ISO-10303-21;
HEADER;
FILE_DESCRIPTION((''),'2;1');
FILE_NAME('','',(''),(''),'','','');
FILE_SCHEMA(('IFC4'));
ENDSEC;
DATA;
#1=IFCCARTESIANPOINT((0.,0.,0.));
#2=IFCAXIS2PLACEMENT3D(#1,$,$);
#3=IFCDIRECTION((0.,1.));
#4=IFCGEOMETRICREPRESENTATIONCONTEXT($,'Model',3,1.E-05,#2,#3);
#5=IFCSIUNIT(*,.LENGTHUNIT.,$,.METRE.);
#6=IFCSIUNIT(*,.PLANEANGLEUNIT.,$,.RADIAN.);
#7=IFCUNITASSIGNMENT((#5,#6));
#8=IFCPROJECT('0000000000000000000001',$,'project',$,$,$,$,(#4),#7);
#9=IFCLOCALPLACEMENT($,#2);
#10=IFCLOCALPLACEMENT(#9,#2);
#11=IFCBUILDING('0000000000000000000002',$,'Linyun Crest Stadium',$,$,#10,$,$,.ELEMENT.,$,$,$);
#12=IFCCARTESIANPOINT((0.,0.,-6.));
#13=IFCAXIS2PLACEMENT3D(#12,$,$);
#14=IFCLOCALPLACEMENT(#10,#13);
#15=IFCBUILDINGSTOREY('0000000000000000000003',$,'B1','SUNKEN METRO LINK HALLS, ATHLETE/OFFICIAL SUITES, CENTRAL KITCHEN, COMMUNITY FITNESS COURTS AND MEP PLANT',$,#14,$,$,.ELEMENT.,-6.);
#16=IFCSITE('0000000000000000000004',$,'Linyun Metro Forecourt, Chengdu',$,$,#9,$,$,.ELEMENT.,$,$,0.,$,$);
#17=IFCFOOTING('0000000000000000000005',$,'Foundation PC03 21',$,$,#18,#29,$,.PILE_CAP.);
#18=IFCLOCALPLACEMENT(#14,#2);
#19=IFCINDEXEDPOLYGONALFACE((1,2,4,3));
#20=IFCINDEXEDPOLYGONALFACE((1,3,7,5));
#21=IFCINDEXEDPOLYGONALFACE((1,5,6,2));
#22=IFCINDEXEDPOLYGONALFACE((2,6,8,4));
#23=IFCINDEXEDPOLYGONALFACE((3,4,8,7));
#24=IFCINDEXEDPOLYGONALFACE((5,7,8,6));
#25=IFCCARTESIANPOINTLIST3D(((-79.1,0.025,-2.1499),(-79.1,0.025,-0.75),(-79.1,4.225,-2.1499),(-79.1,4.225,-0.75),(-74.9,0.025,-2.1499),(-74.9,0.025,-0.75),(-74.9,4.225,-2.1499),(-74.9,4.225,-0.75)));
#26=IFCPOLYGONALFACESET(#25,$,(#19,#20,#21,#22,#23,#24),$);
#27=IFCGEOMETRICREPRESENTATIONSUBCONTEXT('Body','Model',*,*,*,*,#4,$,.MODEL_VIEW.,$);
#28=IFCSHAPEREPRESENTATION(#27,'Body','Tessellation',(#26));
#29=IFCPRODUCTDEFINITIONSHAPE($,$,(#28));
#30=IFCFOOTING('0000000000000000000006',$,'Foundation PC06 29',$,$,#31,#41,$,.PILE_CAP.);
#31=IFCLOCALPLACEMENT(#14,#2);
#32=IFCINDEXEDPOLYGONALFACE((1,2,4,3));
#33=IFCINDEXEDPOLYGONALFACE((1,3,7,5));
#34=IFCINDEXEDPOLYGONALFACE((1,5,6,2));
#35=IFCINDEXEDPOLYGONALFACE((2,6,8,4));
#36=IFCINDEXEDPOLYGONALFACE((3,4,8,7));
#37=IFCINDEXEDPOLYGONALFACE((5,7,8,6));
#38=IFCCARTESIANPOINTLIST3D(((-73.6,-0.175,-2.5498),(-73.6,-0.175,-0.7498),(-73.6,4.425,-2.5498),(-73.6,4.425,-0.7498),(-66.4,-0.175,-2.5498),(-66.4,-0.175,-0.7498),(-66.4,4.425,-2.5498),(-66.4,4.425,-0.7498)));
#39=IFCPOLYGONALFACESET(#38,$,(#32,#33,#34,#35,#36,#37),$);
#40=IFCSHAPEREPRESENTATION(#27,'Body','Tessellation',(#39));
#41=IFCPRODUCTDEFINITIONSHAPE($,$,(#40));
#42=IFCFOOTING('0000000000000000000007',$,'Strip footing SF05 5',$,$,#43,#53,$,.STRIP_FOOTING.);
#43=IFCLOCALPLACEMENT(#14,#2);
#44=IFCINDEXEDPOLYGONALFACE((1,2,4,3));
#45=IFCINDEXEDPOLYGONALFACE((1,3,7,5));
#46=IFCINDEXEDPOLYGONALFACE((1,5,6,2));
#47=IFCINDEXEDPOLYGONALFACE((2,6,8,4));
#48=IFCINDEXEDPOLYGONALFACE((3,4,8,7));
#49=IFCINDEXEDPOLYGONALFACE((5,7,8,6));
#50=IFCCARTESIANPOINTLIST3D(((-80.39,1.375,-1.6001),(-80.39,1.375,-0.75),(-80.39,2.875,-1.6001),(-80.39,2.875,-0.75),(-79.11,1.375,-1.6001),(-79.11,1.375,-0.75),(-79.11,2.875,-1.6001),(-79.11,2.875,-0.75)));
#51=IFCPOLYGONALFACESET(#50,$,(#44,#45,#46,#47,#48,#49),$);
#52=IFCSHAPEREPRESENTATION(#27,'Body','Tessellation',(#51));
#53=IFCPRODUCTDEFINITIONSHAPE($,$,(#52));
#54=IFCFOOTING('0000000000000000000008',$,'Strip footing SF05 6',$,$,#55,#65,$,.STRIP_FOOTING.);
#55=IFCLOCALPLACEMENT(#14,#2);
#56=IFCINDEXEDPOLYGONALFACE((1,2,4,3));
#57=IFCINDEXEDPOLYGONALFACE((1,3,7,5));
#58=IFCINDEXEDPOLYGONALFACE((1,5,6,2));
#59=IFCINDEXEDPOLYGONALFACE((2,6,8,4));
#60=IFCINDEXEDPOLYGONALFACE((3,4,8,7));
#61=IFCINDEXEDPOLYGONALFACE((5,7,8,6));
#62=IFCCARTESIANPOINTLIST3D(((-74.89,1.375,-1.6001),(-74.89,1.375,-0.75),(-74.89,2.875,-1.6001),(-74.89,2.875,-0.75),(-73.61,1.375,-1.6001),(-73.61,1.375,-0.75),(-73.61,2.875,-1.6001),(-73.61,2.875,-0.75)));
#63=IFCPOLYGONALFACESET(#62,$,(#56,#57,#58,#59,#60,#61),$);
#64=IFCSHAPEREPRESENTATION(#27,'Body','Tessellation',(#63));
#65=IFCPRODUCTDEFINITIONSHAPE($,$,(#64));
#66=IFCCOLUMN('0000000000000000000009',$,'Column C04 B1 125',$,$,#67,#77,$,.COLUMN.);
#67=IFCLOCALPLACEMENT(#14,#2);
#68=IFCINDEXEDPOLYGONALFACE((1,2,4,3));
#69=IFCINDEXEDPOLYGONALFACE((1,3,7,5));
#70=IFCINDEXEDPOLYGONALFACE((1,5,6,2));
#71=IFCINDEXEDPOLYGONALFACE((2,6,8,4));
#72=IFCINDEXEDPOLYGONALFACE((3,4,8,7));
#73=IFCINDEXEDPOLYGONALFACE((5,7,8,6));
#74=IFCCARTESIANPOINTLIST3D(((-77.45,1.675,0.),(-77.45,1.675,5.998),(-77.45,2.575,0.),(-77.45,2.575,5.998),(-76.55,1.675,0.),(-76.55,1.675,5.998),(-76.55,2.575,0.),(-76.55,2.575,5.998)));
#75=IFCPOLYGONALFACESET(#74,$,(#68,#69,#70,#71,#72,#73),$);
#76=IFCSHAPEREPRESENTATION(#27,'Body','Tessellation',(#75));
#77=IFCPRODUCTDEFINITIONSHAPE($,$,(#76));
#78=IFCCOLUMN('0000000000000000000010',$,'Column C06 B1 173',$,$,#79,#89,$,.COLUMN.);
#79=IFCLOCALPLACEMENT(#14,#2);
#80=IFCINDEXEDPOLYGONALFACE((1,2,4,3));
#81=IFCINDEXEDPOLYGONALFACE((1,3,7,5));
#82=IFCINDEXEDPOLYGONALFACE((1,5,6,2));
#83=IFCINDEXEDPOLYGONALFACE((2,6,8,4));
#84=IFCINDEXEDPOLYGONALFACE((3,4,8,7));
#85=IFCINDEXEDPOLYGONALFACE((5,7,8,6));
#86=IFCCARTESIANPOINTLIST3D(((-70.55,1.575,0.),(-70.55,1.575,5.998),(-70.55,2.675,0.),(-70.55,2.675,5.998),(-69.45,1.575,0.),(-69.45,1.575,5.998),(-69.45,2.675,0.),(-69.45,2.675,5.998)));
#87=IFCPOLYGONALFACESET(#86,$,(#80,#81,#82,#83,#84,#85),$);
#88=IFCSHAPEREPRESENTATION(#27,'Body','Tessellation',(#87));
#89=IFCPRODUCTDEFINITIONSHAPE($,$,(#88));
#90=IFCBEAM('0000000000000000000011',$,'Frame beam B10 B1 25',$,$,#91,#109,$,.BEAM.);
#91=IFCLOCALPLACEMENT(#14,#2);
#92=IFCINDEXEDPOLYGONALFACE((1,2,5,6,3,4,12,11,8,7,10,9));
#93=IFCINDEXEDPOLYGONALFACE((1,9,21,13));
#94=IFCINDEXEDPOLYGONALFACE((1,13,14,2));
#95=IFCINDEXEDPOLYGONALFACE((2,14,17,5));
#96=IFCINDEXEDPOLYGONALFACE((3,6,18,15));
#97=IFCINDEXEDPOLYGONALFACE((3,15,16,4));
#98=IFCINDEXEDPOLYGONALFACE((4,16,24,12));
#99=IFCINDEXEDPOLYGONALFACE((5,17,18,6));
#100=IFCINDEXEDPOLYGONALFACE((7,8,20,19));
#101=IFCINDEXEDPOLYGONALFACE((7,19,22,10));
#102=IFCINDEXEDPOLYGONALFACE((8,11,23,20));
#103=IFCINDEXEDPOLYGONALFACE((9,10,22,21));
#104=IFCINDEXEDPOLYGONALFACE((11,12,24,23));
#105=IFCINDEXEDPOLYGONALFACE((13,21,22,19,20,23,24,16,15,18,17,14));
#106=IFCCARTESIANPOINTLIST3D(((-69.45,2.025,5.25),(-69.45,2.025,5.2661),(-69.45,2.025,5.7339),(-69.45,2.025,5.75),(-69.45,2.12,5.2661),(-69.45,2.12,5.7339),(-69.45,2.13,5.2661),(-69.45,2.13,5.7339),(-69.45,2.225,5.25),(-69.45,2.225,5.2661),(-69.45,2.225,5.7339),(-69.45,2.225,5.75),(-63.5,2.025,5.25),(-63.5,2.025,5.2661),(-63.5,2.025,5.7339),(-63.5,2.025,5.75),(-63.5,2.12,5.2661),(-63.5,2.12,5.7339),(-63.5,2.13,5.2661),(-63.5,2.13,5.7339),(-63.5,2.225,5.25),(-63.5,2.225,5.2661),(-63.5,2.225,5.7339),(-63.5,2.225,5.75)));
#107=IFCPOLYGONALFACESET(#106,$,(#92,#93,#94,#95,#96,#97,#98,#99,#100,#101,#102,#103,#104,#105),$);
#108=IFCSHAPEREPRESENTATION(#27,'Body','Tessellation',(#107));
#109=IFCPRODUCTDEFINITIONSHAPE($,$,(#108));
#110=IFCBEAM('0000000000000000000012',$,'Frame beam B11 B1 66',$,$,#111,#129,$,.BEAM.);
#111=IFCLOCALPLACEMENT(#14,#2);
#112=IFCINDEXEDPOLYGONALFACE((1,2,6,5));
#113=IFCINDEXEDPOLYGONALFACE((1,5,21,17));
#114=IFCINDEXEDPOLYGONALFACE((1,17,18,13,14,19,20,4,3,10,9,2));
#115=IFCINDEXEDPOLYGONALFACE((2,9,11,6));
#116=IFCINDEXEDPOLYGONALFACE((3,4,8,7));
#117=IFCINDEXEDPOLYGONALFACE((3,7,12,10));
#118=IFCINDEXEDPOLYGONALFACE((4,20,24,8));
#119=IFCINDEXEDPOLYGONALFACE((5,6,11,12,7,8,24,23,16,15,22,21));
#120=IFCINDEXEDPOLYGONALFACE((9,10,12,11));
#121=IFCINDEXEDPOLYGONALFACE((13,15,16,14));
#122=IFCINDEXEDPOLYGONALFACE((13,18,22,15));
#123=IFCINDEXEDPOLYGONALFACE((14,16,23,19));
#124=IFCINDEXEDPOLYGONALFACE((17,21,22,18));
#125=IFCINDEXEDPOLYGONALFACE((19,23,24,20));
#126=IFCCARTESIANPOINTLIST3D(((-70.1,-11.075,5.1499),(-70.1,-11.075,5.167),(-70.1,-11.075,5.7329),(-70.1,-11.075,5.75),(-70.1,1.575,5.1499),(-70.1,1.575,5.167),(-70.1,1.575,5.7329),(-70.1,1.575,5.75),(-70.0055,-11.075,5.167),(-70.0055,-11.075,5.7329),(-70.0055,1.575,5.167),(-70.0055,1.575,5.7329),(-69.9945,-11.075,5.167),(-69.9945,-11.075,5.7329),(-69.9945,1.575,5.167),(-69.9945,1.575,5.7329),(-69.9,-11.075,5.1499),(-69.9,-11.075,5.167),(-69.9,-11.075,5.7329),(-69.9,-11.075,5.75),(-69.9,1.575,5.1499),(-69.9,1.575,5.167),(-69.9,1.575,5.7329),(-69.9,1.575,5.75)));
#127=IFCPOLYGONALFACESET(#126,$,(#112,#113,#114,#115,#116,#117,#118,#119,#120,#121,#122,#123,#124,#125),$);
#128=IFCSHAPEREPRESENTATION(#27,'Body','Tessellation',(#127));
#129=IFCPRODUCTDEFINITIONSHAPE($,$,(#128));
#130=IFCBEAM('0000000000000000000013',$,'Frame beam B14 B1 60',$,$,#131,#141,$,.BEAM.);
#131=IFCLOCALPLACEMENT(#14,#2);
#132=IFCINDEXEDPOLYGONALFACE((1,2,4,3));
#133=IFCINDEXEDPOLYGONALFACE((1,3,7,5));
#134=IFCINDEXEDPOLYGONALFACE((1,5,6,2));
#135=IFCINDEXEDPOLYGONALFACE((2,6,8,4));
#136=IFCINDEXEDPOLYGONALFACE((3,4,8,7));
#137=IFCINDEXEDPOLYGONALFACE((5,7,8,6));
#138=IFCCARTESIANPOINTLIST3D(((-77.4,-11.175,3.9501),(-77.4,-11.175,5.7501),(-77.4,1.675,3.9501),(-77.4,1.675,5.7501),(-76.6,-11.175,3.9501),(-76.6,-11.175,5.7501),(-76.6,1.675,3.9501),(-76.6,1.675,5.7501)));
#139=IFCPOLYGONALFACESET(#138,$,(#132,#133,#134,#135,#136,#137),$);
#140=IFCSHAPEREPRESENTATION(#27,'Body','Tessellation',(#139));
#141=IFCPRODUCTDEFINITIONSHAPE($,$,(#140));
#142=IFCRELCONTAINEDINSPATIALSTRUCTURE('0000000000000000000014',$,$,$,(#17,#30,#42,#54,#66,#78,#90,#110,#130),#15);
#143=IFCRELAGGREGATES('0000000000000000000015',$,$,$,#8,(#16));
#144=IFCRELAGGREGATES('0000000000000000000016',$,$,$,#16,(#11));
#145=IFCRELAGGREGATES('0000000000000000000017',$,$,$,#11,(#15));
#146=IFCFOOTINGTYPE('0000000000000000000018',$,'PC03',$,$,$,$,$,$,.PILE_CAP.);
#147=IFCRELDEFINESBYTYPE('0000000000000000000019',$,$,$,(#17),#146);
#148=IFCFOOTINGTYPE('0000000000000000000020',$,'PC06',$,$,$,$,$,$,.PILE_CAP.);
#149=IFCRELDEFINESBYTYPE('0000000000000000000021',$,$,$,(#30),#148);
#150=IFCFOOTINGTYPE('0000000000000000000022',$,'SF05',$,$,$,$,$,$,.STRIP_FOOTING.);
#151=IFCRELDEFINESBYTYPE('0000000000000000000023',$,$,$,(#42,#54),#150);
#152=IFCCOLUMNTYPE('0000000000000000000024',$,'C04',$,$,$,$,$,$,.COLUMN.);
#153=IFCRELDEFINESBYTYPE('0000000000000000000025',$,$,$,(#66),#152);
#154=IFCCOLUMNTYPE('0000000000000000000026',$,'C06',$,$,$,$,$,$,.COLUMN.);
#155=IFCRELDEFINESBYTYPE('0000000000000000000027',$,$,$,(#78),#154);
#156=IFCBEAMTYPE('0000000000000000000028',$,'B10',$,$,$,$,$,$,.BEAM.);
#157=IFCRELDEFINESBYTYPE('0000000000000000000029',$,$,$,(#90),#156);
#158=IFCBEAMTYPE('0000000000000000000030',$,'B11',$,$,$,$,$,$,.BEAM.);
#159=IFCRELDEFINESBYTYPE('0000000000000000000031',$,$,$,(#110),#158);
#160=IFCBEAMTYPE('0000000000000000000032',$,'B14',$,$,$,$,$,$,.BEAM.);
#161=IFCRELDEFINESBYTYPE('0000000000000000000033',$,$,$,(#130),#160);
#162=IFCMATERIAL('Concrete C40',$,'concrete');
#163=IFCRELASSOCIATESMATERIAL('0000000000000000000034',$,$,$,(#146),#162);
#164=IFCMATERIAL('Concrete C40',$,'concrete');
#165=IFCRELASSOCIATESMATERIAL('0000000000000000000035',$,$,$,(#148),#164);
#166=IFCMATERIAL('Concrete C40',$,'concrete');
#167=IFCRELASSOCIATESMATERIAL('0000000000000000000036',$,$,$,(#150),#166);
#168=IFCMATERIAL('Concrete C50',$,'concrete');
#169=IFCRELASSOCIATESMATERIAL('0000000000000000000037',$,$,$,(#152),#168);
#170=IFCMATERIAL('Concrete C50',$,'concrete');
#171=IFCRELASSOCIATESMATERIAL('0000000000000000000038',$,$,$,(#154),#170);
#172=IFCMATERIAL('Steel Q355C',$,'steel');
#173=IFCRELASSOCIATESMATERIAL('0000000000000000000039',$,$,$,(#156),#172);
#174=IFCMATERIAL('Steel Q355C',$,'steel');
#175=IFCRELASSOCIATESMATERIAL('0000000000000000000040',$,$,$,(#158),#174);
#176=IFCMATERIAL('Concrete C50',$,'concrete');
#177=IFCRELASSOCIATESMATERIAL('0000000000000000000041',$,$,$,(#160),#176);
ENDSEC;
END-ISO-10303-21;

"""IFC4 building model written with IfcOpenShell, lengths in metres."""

from ifc_helpers import new_model, si_unit, direction, frame, origin, origin_2d, place, context, subcontext, project, spatial, rectangle, i_section, extrude, material, material_profile, profile_set, type_object, element, save


model = new_model("IFC4")

# Units and contexts
model_context = context("Model", 3, precision=1e-05, world=origin(), true_north=direction((0.0, 1.0)))
body_context = subcontext(model_context, "Body", "Model", "MODEL_VIEW")
ifc_project = project(units=[si_unit("LENGTHUNIT", "METRE"), si_unit("PLANEANGLEUNIT", "RADIAN")], contexts=[model_context])

# Site, building, storey
site_placement = place(None, origin())
site = spatial("IfcSite", under=ifc_project, at=site_placement, Name="Linyun Metro Forecourt, Chengdu", CompositionType="ELEMENT", RefElevation=0.0)
building_placement = place(site_placement, origin())
building = spatial("IfcBuilding", under=site, at=building_placement, Name="Linyun Crest Stadium", CompositionType="ELEMENT")
storey_placement = place(building_placement, frame((0.0, 0.0, -6.0)))
storey = spatial("IfcBuildingStorey", under=building, at=storey_placement, Name="B1", Description="SUNKEN METRO LINK HALLS, ATHLETE/OFFICIAL SUITES, CENTRAL KITCHEN, COMMUNITY FITNESS COURTS AND MEP PLANT", CompositionType="ELEMENT", Elevation=-6.0)

# Footings
ifc_material_1 = material(Name="Concrete C40", Category="concrete")
footing_type_1 = type_object("IfcFootingType", Name="PC03", PredefinedType="PILE_CAP", material=ifc_material_1)
footing_1_placement = place(storey_placement, frame((-77.0, 2.125, -2.1499), z_axis=(0.0, 0.0, 1.0), x_axis=(1.0, 0.0, 0.0)))
element("IfcFooting", 1, at=footing_1_placement, inside=storey, type_object=footing_type_1, Name="Foundation PC03 21", PredefinedType="PILE_CAP", context=body_context, shape_type="SweptSolid", body=[
    extrude(rectangle(XDim=4.2, YDim=4.2, at=origin_2d()), origin(), (0.0, 0.0, 1.0), 1.3999),
])
ifc_material_2 = material(Name="Concrete C40", Category="concrete")
footing_type_2 = type_object("IfcFootingType", Name="PC06", PredefinedType="PILE_CAP", material=ifc_material_2)
footing_2_placement = place(storey_placement, frame((-70.0, 2.125, -2.5498), z_axis=(0.0, 0.0, 1.0), x_axis=(1.0, 0.0, 0.0)))
element("IfcFooting", 2, at=footing_2_placement, inside=storey, type_object=footing_type_2, Name="Foundation PC06 29", PredefinedType="PILE_CAP", context=body_context, shape_type="SweptSolid", body=[
    extrude(rectangle(XDim=7.2, YDim=4.6001, at=origin_2d()), origin(), (0.0, 0.0, 1.0), 1.8),
])
ifc_material_3 = material(Name="Concrete C40", Category="concrete")
footing_type_3 = type_object("IfcFootingType", Name="SF05", PredefinedType="STRIP_FOOTING", material=ifc_material_3)
for number, where, z_axis, x_axis, name in (
    (3, (-79.75, 2.125, -1.6001), (0.0, 0.0, 1.0), (1.0, 0.0, 0.0), "Strip footing SF05 5"),
    (4, (-74.25, 2.125, -1.6001), (0.0, 0.0, 1.0), (1.0, 0.0, 0.0), "Strip footing SF05 6"),
):
    element("IfcFooting", number, at=place(storey_placement, frame(where, z_axis=z_axis, x_axis=x_axis)), inside=storey, type_object=footing_type_3, Name=name, PredefinedType="STRIP_FOOTING", context=body_context, shape_type="SweptSolid", body=[
        extrude(rectangle(XDim=1.28, YDim=1.5, at=origin_2d()), origin(), (0.0, 0.0, 1.0), 0.8501),
    ])

# Columns
ifc_material_4 = material(Name="Concrete C50", Category="concrete")
ifc_material_profile_1 = material_profile(ifc_material_4, rectangle(XDim=0.8999, YDim=0.8999, at=origin_2d()), Name="RC 900x900")
ifc_profile_set_1 = profile_set([ifc_material_profile_1], Name="Concrete C50")
column_type_1 = type_object("IfcColumnType", Name="C04", PredefinedType="COLUMN", material=ifc_profile_set_1)
column_1_placement = place(storey_placement, frame((-77.0, 2.125, 0.0), z_axis=(0.0, 0.0, 1.0), x_axis=(1.0, 0.0, 0.0)))
element("IfcColumn", 5, at=column_1_placement, inside=storey, type_object=column_type_1, Name="Column C04 B1 125", PredefinedType="COLUMN", context=body_context, shape_type="SweptSolid", body=[
    extrude(rectangle(XDim=0.8999, YDim=0.8999, at=origin_2d()), origin(), (0.0, 0.0, 1.0), 5.998),
])
ifc_material_5 = material(Name="Concrete C50", Category="concrete")
ifc_material_profile_2 = material_profile(ifc_material_5, rectangle(XDim=1.1001, YDim=1.1001, at=origin_2d()), Name="RC 1100x1100")
ifc_profile_set_2 = profile_set([ifc_material_profile_2], Name="Concrete C50")
column_type_2 = type_object("IfcColumnType", Name="C06", PredefinedType="COLUMN", material=ifc_profile_set_2)
column_2_placement = place(storey_placement, frame((-70.0, 2.125, 0.0), z_axis=(0.0, 0.0, 1.0), x_axis=(1.0, 0.0, 0.0)))
element("IfcColumn", 6, at=column_2_placement, inside=storey, type_object=column_type_2, Name="Column C06 B1 173", PredefinedType="COLUMN", context=body_context, shape_type="SweptSolid", body=[
    extrude(rectangle(XDim=1.1001, YDim=1.1001, at=origin_2d()), origin(), (0.0, 0.0, 1.0), 5.998),
])

# Beams
ifc_material_6 = material(Name="Steel Q355C", Category="steel")
ifc_material_profile_3 = material_profile(ifc_material_6, i_section(OverallWidth=0.2, OverallDepth=0.5, WebThickness=0.01, FlangeThickness=0.0161, at=origin_2d()), Name="HN 500x200")
ifc_profile_set_3 = profile_set([ifc_material_profile_3], Name="Steel Q355C")
beam_type_1 = type_object("IfcBeamType", Name="B10", PredefinedType="BEAM", material=ifc_profile_set_3)
beam_1_placement = place(storey_placement, frame((-69.45, 2.125, 5.5), z_axis=(1.0, 0.0, 0.0), x_axis=(0.0, 1.0, 0.0)))
element("IfcBeam", 7, at=beam_1_placement, inside=storey, type_object=beam_type_1, Name="Frame beam B10 B1 25", PredefinedType="BEAM", context=body_context, shape_type="SweptSolid", body=[
    extrude(i_section(OverallWidth=0.2, OverallDepth=0.5, WebThickness=0.01, FlangeThickness=0.0161, at=origin_2d()), origin(), (0.0, 0.0, 1.0), 5.95),
])
ifc_material_7 = material(Name="Steel Q355C", Category="steel")
ifc_material_profile_4 = material_profile(ifc_material_7, i_section(OverallWidth=0.2, OverallDepth=0.6001, WebThickness=0.011, FlangeThickness=0.0171, at=origin_2d()), Name="HN 600x200")
ifc_profile_set_4 = profile_set([ifc_material_profile_4], Name="Steel Q355C")
beam_type_2 = type_object("IfcBeamType", Name="B11", PredefinedType="BEAM", material=ifc_profile_set_4)
beam_2_placement = place(storey_placement, frame((-70.0, -11.075, 5.45), z_axis=(0.0, 1.0, 0.0), x_axis=(-1.0, 0.0, 0.0)))
element("IfcBeam", 8, at=beam_2_placement, inside=storey, type_object=beam_type_2, Name="Frame beam B11 B1 66", PredefinedType="BEAM", context=body_context, shape_type="SweptSolid", body=[
    extrude(i_section(OverallWidth=0.2, OverallDepth=0.6001, WebThickness=0.011, FlangeThickness=0.0171, at=origin_2d()), origin(), (0.0, 0.0, 1.0), 12.6499),
])
ifc_material_8 = material(Name="Concrete C50", Category="concrete")
ifc_material_profile_5 = material_profile(ifc_material_8, rectangle(XDim=0.8, YDim=1.8, at=origin_2d()), Name="RCB 1800x800")
ifc_profile_set_5 = profile_set([ifc_material_profile_5], Name="Concrete C50")
beam_type_3 = type_object("IfcBeamType", Name="B14", PredefinedType="BEAM", material=ifc_profile_set_5)
beam_3_placement = place(storey_placement, frame((-77.0, -11.175, 4.8501), z_axis=(0.0, 1.0, 0.0), x_axis=(-1.0, 0.0, 0.0)))
element("IfcBeam", 9, at=beam_3_placement, inside=storey, type_object=beam_type_3, Name="Frame beam B14 B1 60", PredefinedType="BEAM", context=body_context, shape_type="SweptSolid", body=[
    extrude(rectangle(XDim=0.8, YDim=1.8, at=origin_2d()), origin(), (0.0, 0.0, 1.0), 12.8501),
])

save(model, "model.ifc")
